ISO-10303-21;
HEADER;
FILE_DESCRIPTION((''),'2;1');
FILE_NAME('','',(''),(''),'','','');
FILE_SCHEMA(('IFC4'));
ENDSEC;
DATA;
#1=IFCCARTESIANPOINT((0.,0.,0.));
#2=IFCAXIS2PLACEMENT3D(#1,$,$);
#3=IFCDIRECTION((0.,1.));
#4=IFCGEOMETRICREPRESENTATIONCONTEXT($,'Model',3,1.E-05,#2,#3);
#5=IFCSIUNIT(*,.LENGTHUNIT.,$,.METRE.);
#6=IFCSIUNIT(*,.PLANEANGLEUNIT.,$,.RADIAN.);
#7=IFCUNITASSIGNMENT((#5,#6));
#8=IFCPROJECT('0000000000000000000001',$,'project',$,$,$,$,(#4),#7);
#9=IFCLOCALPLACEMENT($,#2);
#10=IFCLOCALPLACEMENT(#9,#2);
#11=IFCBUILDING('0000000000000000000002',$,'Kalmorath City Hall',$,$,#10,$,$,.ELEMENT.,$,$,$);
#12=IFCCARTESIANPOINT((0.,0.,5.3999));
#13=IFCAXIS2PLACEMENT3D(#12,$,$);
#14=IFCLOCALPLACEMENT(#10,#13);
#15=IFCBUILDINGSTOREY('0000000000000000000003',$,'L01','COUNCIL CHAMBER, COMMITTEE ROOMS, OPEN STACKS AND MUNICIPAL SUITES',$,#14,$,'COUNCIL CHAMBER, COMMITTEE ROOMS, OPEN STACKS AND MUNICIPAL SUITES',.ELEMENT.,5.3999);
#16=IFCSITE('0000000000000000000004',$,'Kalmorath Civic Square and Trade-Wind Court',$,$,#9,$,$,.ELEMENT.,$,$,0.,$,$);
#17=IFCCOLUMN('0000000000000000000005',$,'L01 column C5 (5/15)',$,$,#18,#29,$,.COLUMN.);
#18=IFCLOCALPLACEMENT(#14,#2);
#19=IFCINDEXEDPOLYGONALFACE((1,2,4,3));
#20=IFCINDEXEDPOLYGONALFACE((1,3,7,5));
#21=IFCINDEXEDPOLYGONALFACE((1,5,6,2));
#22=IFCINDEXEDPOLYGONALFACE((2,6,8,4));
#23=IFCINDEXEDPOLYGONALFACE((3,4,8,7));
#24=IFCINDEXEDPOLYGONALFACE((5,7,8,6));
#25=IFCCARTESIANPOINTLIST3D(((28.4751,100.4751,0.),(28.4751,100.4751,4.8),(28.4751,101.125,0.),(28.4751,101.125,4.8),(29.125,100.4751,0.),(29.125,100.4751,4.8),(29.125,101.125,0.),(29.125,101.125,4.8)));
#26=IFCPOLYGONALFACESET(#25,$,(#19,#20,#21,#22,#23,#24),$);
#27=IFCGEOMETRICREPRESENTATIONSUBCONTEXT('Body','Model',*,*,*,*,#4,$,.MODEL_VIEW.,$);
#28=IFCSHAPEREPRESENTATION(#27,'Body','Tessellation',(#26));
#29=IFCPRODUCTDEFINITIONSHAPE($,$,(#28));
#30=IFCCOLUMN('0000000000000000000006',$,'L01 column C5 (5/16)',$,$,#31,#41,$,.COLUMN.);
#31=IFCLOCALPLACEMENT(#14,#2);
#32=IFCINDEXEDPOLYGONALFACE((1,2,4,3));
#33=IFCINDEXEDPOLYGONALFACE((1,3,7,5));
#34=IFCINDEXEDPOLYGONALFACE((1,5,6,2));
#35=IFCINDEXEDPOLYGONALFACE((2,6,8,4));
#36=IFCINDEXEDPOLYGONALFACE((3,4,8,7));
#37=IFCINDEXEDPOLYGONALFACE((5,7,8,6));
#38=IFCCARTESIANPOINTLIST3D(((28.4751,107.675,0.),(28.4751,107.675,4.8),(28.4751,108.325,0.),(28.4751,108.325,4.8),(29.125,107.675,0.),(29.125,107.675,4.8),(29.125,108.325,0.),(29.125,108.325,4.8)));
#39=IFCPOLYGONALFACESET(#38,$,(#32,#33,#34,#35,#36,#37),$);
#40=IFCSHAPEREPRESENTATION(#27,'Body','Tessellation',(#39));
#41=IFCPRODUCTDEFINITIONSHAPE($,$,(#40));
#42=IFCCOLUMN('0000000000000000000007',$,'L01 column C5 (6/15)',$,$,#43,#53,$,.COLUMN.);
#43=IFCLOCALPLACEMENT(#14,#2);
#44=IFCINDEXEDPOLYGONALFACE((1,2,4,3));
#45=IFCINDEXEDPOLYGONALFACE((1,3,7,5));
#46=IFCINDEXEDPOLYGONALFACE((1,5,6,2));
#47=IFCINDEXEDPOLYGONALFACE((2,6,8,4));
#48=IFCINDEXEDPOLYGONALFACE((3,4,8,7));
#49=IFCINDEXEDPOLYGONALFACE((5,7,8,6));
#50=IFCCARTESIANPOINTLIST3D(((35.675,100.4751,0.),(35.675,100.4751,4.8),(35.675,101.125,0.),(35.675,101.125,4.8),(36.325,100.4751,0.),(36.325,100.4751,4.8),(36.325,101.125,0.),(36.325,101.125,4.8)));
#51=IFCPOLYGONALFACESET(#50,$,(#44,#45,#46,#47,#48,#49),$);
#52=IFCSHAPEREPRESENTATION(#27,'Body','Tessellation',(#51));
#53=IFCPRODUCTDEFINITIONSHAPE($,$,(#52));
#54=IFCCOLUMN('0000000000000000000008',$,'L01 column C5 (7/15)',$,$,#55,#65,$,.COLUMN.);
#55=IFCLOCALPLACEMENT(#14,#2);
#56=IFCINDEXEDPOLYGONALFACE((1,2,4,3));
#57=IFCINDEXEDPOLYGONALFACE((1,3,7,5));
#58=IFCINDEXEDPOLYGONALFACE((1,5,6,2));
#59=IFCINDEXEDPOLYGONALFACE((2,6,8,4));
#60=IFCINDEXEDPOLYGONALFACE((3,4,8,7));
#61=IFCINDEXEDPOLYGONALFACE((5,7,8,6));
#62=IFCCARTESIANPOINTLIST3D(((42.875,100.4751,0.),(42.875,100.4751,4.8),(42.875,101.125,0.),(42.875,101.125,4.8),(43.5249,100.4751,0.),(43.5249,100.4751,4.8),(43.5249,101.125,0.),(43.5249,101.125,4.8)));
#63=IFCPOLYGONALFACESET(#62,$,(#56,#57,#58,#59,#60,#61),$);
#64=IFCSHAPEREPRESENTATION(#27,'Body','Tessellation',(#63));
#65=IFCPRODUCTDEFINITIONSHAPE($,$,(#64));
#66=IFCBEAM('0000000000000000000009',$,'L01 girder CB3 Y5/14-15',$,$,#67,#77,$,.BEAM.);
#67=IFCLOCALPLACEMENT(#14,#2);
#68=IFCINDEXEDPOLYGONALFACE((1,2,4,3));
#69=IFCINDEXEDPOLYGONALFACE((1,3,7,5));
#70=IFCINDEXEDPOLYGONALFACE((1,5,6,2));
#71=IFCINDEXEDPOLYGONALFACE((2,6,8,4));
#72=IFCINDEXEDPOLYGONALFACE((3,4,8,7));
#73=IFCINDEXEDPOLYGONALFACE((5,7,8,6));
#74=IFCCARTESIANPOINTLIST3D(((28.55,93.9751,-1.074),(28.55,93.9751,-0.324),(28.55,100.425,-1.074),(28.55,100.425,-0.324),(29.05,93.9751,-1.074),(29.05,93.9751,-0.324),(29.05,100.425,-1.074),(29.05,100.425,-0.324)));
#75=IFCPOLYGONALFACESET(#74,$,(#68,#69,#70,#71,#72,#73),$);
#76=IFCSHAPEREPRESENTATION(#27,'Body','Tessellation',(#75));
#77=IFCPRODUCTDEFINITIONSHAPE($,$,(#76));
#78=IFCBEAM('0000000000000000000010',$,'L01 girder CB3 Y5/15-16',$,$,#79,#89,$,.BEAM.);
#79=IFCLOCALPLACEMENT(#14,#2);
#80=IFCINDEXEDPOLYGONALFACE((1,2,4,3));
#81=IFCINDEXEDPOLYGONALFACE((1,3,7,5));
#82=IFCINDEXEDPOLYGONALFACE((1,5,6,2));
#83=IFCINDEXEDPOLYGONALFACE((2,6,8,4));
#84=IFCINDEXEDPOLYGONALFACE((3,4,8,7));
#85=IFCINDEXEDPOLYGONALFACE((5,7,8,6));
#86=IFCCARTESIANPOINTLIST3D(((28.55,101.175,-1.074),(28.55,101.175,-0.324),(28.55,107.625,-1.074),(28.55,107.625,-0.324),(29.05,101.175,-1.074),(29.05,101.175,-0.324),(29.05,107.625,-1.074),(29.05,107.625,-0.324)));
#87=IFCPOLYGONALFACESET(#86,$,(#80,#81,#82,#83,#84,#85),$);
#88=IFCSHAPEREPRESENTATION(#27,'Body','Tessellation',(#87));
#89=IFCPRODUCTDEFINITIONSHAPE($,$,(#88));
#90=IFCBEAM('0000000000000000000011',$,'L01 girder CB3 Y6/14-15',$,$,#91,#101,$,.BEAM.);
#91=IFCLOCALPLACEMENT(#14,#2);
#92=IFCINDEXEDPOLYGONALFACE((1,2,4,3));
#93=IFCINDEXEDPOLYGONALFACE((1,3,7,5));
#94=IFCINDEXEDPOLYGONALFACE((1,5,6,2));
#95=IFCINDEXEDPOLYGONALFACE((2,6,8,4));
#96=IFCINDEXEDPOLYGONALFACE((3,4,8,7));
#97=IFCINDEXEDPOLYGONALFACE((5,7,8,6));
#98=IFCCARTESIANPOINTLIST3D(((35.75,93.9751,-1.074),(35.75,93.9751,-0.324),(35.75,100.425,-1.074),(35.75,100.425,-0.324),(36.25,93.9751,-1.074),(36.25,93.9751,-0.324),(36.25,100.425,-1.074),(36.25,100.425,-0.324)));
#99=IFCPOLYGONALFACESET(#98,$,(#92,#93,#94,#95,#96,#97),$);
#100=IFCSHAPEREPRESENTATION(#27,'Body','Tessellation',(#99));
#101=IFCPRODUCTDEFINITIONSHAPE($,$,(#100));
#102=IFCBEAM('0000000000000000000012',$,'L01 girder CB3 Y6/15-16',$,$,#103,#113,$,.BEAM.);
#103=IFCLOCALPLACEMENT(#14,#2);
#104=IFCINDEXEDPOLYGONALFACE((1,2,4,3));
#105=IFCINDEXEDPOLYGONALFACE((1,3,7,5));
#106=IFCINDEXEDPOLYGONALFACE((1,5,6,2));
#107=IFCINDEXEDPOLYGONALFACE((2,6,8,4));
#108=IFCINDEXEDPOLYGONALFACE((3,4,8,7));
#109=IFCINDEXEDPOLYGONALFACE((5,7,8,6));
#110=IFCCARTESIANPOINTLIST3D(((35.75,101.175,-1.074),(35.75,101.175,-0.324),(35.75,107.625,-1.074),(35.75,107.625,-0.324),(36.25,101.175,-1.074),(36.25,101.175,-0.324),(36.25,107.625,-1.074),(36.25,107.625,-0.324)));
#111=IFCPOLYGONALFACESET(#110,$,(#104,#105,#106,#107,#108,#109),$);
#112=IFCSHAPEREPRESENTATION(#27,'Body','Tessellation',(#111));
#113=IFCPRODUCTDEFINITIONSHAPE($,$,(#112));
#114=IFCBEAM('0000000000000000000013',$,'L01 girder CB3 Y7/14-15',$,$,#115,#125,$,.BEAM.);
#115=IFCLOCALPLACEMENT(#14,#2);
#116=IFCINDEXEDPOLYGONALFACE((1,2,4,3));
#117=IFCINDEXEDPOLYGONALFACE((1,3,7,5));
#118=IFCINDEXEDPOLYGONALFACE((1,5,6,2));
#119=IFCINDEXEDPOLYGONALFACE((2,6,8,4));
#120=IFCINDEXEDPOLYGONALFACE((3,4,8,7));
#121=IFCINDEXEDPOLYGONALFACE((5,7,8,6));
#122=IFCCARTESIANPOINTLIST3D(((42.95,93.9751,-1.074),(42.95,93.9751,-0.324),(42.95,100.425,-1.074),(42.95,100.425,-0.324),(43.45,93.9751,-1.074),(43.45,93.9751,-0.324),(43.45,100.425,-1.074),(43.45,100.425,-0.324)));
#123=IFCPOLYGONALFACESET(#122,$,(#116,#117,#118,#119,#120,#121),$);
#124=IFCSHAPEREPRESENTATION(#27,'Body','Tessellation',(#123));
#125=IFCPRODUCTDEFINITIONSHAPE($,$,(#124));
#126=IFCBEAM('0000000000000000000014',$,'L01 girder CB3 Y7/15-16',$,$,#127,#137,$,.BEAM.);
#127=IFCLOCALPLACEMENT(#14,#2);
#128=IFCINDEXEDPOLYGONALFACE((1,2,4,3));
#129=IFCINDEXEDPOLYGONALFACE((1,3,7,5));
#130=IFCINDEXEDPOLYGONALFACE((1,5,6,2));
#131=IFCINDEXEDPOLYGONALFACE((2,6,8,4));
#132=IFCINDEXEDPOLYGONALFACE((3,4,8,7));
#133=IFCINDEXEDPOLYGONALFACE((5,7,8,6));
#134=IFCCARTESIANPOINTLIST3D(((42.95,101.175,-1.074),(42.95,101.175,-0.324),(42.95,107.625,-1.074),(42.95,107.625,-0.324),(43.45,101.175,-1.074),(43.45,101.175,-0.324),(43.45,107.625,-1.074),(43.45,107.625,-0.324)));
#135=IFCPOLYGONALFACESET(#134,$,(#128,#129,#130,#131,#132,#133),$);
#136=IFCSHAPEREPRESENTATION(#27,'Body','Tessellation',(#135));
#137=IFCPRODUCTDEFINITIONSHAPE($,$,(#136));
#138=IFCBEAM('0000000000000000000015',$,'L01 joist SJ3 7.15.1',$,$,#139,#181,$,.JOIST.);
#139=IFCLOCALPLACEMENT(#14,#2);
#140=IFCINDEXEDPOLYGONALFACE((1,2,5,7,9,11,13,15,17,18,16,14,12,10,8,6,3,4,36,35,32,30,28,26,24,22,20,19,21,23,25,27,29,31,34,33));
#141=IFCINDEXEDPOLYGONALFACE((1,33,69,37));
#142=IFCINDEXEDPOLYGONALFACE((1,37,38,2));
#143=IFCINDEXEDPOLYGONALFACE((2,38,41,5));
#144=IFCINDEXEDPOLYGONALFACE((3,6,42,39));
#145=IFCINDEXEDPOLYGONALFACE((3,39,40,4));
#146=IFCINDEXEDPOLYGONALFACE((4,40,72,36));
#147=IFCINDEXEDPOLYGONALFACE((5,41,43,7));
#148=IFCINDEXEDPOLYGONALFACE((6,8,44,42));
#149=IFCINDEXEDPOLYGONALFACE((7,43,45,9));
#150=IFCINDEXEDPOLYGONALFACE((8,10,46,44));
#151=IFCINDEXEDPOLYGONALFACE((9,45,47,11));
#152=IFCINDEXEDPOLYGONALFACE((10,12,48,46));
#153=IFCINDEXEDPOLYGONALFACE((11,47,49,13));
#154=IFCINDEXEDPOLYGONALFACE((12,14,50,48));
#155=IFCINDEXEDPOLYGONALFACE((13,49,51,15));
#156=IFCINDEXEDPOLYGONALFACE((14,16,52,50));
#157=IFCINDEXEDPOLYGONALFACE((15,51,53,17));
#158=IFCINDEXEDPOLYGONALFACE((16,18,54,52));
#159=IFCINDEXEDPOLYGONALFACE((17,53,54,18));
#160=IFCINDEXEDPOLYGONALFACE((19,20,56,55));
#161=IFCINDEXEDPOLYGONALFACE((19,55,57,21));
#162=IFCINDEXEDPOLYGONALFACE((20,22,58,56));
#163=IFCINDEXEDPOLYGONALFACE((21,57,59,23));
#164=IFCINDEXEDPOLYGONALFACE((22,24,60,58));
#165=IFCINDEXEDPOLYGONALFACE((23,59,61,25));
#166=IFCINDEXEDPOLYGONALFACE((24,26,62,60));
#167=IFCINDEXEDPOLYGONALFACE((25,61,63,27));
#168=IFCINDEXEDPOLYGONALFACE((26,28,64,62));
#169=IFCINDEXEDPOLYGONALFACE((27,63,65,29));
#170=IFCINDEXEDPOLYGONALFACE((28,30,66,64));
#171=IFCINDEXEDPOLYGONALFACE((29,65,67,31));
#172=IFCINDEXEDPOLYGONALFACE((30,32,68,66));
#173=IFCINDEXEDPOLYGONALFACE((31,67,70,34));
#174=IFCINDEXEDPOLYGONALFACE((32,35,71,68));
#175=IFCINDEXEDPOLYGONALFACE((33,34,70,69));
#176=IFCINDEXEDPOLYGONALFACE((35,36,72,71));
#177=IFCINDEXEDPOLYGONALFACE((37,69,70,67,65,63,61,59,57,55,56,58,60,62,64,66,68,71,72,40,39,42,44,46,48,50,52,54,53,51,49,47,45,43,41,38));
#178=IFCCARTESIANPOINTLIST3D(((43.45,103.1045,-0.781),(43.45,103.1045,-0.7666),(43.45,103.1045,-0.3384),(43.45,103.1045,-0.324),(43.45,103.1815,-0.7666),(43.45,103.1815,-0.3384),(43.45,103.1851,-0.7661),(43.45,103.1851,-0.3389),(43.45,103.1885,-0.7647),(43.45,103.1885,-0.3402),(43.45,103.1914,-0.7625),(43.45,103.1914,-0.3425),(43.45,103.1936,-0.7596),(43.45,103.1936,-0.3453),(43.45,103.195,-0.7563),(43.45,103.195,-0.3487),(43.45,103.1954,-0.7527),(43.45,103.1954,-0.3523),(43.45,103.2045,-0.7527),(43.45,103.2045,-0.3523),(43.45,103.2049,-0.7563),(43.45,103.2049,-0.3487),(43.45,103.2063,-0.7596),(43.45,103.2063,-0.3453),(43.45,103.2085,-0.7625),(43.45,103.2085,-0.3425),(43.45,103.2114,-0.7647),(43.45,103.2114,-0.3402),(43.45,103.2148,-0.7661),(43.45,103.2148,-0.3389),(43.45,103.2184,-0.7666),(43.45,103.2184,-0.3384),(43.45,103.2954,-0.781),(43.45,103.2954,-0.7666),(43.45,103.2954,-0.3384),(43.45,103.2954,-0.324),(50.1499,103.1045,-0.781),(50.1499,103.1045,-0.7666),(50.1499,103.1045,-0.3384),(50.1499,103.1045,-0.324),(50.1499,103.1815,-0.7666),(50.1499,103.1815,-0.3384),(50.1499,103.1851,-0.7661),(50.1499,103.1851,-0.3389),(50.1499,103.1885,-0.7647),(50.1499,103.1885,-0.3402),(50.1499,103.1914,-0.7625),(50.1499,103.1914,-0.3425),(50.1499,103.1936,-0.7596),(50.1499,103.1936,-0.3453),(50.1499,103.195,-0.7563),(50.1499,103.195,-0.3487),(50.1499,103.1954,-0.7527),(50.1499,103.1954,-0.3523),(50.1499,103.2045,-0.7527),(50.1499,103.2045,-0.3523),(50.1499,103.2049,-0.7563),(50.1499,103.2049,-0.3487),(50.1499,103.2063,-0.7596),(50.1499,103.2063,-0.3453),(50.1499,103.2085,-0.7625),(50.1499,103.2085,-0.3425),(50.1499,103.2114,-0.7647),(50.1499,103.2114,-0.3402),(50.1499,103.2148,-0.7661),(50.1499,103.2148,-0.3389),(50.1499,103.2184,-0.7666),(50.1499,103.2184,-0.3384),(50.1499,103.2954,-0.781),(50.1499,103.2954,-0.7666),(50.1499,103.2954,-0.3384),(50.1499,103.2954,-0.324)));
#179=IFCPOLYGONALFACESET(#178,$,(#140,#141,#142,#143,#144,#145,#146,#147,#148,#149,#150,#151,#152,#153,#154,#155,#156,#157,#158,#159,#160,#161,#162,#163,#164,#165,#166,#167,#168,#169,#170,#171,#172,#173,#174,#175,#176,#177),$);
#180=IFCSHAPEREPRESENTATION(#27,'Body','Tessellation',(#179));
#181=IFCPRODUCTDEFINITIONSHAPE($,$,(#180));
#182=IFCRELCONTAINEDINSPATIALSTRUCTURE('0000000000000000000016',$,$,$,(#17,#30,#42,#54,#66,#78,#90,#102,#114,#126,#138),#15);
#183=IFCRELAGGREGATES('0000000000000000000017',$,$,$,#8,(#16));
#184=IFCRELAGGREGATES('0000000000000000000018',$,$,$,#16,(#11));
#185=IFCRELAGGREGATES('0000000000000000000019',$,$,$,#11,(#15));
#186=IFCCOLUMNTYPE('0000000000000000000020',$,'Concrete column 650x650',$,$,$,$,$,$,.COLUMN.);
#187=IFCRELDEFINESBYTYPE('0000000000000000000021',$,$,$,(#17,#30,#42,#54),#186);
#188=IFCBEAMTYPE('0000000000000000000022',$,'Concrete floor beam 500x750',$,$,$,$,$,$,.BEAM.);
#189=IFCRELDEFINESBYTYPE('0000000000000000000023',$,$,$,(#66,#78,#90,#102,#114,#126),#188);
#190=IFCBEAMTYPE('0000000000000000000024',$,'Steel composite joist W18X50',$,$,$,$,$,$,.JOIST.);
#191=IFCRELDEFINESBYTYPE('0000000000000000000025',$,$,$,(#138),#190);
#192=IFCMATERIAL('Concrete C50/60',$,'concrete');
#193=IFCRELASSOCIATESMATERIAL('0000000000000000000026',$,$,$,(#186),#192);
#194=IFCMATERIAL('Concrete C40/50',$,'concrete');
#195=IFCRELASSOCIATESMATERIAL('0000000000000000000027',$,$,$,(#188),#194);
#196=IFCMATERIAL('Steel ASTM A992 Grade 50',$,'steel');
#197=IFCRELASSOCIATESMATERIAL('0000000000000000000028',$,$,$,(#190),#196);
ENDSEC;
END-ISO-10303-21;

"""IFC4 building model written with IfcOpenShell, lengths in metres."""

from ifc_helpers import new_model, si_unit, direction, frame, origin, origin_2d, place, context, subcontext, project, spatial, rectangle, i_section, extrude, material, material_profile, profile_set, type_object, element, save


model = new_model("IFC4")

# Units and contexts
model_context = context("Model", 3, precision=1e-05, world=origin(), true_north=direction((0.0, 1.0)))
body_context = subcontext(model_context, "Body", "Model", "MODEL_VIEW")
ifc_project = project(units=[si_unit("LENGTHUNIT", "METRE"), si_unit("PLANEANGLEUNIT", "RADIAN")], contexts=[model_context])

# Site, building, storey
site_placement = place(None, origin())
site = spatial("IfcSite", under=ifc_project, at=site_placement, Name="Kalmorath Civic Square and Trade-Wind Court", CompositionType="ELEMENT", RefElevation=0.0)
building_placement = place(site_placement, origin())
building = spatial("IfcBuilding", under=site, at=building_placement, Name="Kalmorath City Hall", CompositionType="ELEMENT")
storey_placement = place(building_placement, frame((0.0, 0.0, 5.3999)))
storey = spatial("IfcBuildingStorey", under=building, at=storey_placement, Name="L01", Description="COUNCIL CHAMBER, COMMITTEE ROOMS, OPEN STACKS AND MUNICIPAL SUITES", LongName="COUNCIL CHAMBER, COMMITTEE ROOMS, OPEN STACKS AND MUNICIPAL SUITES", CompositionType="ELEMENT", Elevation=5.3999)

# Columns
ifc_material_1 = material(Name="Concrete C50/60", Category="concrete")
ifc_material_profile_1 = material_profile(ifc_material_1, rectangle(XDim=0.6499, YDim=0.6499, at=origin_2d()), Name="RC-COL-650X650")
ifc_profile_set_1 = profile_set([ifc_material_profile_1], Name="Concrete C50/60")
column_type = type_object("IfcColumnType", Name="Concrete column 650x650", PredefinedType="COLUMN", material=ifc_profile_set_1)
for number, where, z_axis, x_axis, name in (
    (1, (28.8, 100.8, 0.0), (0.0, 0.0, 1.0), (1.0, 0.0, 0.0), "L01 column C5 (5/15)"),
    (2, (28.8, 108.0, 0.0), (0.0, 0.0, 1.0), (1.0, 0.0, 0.0), "L01 column C5 (5/16)"),
    (3, (36.0, 100.8, 0.0), (0.0, 0.0, 1.0), (1.0, 0.0, 0.0), "L01 column C5 (6/15)"),
    (4, (43.2, 100.8, 0.0), (0.0, 0.0, 1.0), (1.0, 0.0, 0.0), "L01 column C5 (7/15)"),
):
    element("IfcColumn", number, at=place(storey_placement, frame(where, z_axis=z_axis, x_axis=x_axis)), inside=storey, type_object=column_type, Name=name, PredefinedType="COLUMN", context=body_context, shape_type="SweptSolid", body=[
        extrude(rectangle(XDim=0.6499, YDim=0.6499, at=origin_2d()), origin(), (0.0, 0.0, 1.0), 4.8),
    ])

# Beams
ifc_material_2 = material(Name="Concrete C40/50", Category="concrete")
ifc_material_profile_2 = material_profile(ifc_material_2, rectangle(XDim=0.5, YDim=0.75, at=origin_2d()), Name="RC-BM-500X750")
ifc_profile_set_2 = profile_set([ifc_material_profile_2], Name="Concrete C40/50")
beam_type_1 = type_object("IfcBeamType", Name="Concrete floor beam 500x750", PredefinedType="BEAM", material=ifc_profile_set_2)
for number, where, z_axis, x_axis, name in (
    (5, (28.8, 93.9751, -0.699), (0.0, 1.0, 0.0), (-1.0, 0.0, 0.0), "L01 girder CB3 Y5/14-15"),
    (6, (28.8, 101.175, -0.699), (0.0, 1.0, 0.0), (-1.0, 0.0, 0.0), "L01 girder CB3 Y5/15-16"),
    (7, (36.0, 93.9751, -0.699), (0.0, 1.0, 0.0), (-1.0, 0.0, 0.0), "L01 girder CB3 Y6/14-15"),
    (8, (36.0, 101.175, -0.699), (0.0, 1.0, 0.0), (-1.0, 0.0, 0.0), "L01 girder CB3 Y6/15-16"),
    (9, (43.2, 93.9751, -0.699), (0.0, 1.0, 0.0), (-1.0, 0.0, 0.0), "L01 girder CB3 Y7/14-15"),
    (10, (43.2, 101.175, -0.699), (0.0, 1.0, 0.0), (-1.0, 0.0, 0.0), "L01 girder CB3 Y7/15-16"),
):
    element("IfcBeam", number, at=place(storey_placement, frame(where, z_axis=z_axis, x_axis=x_axis)), inside=storey, type_object=beam_type_1, Name=name, PredefinedType="BEAM", context=body_context, shape_type="SweptSolid", body=[
        extrude(rectangle(XDim=0.5, YDim=0.75, at=origin_2d()), origin(), (0.0, 0.0, 1.0), 6.45),
    ])
ifc_material_3 = material(Name="Steel ASTM A992 Grade 50", Category="steel")
ifc_material_profile_3 = material_profile(ifc_material_3, i_section(OverallWidth=0.1909, OverallDepth=0.457, WebThickness=0.009, FlangeThickness=0.0144, FilletRadius=0.0139, at=origin_2d()), Name="W18X50")
ifc_profile_set_3 = profile_set([ifc_material_profile_3], Name="Steel ASTM A992 Grade 50")
beam_type_2 = type_object("IfcBeamType", Name="Steel composite joist W18X50", PredefinedType="JOIST", material=ifc_profile_set_3)
for number, where, z_axis, x_axis, name in (
    (11, (43.45, 103.2, -0.5525), (1.0, 0.0, 0.0), (0.0, 1.0, 0.0), "L01 joist SJ3 7.15.1"),
):
    element("IfcBeam", number, at=place(storey_placement, frame(where, z_axis=z_axis, x_axis=x_axis)), inside=storey, type_object=beam_type_2, Name=name, PredefinedType="JOIST", context=body_context, shape_type="SweptSolid", body=[
        extrude(i_section(OverallWidth=0.1909, OverallDepth=0.457, WebThickness=0.009, FlangeThickness=0.0144, FilletRadius=0.0139, at=origin_2d()), origin(), (0.0, 0.0, 1.0), 6.7),
    ])

save(model, "model.ifc")
